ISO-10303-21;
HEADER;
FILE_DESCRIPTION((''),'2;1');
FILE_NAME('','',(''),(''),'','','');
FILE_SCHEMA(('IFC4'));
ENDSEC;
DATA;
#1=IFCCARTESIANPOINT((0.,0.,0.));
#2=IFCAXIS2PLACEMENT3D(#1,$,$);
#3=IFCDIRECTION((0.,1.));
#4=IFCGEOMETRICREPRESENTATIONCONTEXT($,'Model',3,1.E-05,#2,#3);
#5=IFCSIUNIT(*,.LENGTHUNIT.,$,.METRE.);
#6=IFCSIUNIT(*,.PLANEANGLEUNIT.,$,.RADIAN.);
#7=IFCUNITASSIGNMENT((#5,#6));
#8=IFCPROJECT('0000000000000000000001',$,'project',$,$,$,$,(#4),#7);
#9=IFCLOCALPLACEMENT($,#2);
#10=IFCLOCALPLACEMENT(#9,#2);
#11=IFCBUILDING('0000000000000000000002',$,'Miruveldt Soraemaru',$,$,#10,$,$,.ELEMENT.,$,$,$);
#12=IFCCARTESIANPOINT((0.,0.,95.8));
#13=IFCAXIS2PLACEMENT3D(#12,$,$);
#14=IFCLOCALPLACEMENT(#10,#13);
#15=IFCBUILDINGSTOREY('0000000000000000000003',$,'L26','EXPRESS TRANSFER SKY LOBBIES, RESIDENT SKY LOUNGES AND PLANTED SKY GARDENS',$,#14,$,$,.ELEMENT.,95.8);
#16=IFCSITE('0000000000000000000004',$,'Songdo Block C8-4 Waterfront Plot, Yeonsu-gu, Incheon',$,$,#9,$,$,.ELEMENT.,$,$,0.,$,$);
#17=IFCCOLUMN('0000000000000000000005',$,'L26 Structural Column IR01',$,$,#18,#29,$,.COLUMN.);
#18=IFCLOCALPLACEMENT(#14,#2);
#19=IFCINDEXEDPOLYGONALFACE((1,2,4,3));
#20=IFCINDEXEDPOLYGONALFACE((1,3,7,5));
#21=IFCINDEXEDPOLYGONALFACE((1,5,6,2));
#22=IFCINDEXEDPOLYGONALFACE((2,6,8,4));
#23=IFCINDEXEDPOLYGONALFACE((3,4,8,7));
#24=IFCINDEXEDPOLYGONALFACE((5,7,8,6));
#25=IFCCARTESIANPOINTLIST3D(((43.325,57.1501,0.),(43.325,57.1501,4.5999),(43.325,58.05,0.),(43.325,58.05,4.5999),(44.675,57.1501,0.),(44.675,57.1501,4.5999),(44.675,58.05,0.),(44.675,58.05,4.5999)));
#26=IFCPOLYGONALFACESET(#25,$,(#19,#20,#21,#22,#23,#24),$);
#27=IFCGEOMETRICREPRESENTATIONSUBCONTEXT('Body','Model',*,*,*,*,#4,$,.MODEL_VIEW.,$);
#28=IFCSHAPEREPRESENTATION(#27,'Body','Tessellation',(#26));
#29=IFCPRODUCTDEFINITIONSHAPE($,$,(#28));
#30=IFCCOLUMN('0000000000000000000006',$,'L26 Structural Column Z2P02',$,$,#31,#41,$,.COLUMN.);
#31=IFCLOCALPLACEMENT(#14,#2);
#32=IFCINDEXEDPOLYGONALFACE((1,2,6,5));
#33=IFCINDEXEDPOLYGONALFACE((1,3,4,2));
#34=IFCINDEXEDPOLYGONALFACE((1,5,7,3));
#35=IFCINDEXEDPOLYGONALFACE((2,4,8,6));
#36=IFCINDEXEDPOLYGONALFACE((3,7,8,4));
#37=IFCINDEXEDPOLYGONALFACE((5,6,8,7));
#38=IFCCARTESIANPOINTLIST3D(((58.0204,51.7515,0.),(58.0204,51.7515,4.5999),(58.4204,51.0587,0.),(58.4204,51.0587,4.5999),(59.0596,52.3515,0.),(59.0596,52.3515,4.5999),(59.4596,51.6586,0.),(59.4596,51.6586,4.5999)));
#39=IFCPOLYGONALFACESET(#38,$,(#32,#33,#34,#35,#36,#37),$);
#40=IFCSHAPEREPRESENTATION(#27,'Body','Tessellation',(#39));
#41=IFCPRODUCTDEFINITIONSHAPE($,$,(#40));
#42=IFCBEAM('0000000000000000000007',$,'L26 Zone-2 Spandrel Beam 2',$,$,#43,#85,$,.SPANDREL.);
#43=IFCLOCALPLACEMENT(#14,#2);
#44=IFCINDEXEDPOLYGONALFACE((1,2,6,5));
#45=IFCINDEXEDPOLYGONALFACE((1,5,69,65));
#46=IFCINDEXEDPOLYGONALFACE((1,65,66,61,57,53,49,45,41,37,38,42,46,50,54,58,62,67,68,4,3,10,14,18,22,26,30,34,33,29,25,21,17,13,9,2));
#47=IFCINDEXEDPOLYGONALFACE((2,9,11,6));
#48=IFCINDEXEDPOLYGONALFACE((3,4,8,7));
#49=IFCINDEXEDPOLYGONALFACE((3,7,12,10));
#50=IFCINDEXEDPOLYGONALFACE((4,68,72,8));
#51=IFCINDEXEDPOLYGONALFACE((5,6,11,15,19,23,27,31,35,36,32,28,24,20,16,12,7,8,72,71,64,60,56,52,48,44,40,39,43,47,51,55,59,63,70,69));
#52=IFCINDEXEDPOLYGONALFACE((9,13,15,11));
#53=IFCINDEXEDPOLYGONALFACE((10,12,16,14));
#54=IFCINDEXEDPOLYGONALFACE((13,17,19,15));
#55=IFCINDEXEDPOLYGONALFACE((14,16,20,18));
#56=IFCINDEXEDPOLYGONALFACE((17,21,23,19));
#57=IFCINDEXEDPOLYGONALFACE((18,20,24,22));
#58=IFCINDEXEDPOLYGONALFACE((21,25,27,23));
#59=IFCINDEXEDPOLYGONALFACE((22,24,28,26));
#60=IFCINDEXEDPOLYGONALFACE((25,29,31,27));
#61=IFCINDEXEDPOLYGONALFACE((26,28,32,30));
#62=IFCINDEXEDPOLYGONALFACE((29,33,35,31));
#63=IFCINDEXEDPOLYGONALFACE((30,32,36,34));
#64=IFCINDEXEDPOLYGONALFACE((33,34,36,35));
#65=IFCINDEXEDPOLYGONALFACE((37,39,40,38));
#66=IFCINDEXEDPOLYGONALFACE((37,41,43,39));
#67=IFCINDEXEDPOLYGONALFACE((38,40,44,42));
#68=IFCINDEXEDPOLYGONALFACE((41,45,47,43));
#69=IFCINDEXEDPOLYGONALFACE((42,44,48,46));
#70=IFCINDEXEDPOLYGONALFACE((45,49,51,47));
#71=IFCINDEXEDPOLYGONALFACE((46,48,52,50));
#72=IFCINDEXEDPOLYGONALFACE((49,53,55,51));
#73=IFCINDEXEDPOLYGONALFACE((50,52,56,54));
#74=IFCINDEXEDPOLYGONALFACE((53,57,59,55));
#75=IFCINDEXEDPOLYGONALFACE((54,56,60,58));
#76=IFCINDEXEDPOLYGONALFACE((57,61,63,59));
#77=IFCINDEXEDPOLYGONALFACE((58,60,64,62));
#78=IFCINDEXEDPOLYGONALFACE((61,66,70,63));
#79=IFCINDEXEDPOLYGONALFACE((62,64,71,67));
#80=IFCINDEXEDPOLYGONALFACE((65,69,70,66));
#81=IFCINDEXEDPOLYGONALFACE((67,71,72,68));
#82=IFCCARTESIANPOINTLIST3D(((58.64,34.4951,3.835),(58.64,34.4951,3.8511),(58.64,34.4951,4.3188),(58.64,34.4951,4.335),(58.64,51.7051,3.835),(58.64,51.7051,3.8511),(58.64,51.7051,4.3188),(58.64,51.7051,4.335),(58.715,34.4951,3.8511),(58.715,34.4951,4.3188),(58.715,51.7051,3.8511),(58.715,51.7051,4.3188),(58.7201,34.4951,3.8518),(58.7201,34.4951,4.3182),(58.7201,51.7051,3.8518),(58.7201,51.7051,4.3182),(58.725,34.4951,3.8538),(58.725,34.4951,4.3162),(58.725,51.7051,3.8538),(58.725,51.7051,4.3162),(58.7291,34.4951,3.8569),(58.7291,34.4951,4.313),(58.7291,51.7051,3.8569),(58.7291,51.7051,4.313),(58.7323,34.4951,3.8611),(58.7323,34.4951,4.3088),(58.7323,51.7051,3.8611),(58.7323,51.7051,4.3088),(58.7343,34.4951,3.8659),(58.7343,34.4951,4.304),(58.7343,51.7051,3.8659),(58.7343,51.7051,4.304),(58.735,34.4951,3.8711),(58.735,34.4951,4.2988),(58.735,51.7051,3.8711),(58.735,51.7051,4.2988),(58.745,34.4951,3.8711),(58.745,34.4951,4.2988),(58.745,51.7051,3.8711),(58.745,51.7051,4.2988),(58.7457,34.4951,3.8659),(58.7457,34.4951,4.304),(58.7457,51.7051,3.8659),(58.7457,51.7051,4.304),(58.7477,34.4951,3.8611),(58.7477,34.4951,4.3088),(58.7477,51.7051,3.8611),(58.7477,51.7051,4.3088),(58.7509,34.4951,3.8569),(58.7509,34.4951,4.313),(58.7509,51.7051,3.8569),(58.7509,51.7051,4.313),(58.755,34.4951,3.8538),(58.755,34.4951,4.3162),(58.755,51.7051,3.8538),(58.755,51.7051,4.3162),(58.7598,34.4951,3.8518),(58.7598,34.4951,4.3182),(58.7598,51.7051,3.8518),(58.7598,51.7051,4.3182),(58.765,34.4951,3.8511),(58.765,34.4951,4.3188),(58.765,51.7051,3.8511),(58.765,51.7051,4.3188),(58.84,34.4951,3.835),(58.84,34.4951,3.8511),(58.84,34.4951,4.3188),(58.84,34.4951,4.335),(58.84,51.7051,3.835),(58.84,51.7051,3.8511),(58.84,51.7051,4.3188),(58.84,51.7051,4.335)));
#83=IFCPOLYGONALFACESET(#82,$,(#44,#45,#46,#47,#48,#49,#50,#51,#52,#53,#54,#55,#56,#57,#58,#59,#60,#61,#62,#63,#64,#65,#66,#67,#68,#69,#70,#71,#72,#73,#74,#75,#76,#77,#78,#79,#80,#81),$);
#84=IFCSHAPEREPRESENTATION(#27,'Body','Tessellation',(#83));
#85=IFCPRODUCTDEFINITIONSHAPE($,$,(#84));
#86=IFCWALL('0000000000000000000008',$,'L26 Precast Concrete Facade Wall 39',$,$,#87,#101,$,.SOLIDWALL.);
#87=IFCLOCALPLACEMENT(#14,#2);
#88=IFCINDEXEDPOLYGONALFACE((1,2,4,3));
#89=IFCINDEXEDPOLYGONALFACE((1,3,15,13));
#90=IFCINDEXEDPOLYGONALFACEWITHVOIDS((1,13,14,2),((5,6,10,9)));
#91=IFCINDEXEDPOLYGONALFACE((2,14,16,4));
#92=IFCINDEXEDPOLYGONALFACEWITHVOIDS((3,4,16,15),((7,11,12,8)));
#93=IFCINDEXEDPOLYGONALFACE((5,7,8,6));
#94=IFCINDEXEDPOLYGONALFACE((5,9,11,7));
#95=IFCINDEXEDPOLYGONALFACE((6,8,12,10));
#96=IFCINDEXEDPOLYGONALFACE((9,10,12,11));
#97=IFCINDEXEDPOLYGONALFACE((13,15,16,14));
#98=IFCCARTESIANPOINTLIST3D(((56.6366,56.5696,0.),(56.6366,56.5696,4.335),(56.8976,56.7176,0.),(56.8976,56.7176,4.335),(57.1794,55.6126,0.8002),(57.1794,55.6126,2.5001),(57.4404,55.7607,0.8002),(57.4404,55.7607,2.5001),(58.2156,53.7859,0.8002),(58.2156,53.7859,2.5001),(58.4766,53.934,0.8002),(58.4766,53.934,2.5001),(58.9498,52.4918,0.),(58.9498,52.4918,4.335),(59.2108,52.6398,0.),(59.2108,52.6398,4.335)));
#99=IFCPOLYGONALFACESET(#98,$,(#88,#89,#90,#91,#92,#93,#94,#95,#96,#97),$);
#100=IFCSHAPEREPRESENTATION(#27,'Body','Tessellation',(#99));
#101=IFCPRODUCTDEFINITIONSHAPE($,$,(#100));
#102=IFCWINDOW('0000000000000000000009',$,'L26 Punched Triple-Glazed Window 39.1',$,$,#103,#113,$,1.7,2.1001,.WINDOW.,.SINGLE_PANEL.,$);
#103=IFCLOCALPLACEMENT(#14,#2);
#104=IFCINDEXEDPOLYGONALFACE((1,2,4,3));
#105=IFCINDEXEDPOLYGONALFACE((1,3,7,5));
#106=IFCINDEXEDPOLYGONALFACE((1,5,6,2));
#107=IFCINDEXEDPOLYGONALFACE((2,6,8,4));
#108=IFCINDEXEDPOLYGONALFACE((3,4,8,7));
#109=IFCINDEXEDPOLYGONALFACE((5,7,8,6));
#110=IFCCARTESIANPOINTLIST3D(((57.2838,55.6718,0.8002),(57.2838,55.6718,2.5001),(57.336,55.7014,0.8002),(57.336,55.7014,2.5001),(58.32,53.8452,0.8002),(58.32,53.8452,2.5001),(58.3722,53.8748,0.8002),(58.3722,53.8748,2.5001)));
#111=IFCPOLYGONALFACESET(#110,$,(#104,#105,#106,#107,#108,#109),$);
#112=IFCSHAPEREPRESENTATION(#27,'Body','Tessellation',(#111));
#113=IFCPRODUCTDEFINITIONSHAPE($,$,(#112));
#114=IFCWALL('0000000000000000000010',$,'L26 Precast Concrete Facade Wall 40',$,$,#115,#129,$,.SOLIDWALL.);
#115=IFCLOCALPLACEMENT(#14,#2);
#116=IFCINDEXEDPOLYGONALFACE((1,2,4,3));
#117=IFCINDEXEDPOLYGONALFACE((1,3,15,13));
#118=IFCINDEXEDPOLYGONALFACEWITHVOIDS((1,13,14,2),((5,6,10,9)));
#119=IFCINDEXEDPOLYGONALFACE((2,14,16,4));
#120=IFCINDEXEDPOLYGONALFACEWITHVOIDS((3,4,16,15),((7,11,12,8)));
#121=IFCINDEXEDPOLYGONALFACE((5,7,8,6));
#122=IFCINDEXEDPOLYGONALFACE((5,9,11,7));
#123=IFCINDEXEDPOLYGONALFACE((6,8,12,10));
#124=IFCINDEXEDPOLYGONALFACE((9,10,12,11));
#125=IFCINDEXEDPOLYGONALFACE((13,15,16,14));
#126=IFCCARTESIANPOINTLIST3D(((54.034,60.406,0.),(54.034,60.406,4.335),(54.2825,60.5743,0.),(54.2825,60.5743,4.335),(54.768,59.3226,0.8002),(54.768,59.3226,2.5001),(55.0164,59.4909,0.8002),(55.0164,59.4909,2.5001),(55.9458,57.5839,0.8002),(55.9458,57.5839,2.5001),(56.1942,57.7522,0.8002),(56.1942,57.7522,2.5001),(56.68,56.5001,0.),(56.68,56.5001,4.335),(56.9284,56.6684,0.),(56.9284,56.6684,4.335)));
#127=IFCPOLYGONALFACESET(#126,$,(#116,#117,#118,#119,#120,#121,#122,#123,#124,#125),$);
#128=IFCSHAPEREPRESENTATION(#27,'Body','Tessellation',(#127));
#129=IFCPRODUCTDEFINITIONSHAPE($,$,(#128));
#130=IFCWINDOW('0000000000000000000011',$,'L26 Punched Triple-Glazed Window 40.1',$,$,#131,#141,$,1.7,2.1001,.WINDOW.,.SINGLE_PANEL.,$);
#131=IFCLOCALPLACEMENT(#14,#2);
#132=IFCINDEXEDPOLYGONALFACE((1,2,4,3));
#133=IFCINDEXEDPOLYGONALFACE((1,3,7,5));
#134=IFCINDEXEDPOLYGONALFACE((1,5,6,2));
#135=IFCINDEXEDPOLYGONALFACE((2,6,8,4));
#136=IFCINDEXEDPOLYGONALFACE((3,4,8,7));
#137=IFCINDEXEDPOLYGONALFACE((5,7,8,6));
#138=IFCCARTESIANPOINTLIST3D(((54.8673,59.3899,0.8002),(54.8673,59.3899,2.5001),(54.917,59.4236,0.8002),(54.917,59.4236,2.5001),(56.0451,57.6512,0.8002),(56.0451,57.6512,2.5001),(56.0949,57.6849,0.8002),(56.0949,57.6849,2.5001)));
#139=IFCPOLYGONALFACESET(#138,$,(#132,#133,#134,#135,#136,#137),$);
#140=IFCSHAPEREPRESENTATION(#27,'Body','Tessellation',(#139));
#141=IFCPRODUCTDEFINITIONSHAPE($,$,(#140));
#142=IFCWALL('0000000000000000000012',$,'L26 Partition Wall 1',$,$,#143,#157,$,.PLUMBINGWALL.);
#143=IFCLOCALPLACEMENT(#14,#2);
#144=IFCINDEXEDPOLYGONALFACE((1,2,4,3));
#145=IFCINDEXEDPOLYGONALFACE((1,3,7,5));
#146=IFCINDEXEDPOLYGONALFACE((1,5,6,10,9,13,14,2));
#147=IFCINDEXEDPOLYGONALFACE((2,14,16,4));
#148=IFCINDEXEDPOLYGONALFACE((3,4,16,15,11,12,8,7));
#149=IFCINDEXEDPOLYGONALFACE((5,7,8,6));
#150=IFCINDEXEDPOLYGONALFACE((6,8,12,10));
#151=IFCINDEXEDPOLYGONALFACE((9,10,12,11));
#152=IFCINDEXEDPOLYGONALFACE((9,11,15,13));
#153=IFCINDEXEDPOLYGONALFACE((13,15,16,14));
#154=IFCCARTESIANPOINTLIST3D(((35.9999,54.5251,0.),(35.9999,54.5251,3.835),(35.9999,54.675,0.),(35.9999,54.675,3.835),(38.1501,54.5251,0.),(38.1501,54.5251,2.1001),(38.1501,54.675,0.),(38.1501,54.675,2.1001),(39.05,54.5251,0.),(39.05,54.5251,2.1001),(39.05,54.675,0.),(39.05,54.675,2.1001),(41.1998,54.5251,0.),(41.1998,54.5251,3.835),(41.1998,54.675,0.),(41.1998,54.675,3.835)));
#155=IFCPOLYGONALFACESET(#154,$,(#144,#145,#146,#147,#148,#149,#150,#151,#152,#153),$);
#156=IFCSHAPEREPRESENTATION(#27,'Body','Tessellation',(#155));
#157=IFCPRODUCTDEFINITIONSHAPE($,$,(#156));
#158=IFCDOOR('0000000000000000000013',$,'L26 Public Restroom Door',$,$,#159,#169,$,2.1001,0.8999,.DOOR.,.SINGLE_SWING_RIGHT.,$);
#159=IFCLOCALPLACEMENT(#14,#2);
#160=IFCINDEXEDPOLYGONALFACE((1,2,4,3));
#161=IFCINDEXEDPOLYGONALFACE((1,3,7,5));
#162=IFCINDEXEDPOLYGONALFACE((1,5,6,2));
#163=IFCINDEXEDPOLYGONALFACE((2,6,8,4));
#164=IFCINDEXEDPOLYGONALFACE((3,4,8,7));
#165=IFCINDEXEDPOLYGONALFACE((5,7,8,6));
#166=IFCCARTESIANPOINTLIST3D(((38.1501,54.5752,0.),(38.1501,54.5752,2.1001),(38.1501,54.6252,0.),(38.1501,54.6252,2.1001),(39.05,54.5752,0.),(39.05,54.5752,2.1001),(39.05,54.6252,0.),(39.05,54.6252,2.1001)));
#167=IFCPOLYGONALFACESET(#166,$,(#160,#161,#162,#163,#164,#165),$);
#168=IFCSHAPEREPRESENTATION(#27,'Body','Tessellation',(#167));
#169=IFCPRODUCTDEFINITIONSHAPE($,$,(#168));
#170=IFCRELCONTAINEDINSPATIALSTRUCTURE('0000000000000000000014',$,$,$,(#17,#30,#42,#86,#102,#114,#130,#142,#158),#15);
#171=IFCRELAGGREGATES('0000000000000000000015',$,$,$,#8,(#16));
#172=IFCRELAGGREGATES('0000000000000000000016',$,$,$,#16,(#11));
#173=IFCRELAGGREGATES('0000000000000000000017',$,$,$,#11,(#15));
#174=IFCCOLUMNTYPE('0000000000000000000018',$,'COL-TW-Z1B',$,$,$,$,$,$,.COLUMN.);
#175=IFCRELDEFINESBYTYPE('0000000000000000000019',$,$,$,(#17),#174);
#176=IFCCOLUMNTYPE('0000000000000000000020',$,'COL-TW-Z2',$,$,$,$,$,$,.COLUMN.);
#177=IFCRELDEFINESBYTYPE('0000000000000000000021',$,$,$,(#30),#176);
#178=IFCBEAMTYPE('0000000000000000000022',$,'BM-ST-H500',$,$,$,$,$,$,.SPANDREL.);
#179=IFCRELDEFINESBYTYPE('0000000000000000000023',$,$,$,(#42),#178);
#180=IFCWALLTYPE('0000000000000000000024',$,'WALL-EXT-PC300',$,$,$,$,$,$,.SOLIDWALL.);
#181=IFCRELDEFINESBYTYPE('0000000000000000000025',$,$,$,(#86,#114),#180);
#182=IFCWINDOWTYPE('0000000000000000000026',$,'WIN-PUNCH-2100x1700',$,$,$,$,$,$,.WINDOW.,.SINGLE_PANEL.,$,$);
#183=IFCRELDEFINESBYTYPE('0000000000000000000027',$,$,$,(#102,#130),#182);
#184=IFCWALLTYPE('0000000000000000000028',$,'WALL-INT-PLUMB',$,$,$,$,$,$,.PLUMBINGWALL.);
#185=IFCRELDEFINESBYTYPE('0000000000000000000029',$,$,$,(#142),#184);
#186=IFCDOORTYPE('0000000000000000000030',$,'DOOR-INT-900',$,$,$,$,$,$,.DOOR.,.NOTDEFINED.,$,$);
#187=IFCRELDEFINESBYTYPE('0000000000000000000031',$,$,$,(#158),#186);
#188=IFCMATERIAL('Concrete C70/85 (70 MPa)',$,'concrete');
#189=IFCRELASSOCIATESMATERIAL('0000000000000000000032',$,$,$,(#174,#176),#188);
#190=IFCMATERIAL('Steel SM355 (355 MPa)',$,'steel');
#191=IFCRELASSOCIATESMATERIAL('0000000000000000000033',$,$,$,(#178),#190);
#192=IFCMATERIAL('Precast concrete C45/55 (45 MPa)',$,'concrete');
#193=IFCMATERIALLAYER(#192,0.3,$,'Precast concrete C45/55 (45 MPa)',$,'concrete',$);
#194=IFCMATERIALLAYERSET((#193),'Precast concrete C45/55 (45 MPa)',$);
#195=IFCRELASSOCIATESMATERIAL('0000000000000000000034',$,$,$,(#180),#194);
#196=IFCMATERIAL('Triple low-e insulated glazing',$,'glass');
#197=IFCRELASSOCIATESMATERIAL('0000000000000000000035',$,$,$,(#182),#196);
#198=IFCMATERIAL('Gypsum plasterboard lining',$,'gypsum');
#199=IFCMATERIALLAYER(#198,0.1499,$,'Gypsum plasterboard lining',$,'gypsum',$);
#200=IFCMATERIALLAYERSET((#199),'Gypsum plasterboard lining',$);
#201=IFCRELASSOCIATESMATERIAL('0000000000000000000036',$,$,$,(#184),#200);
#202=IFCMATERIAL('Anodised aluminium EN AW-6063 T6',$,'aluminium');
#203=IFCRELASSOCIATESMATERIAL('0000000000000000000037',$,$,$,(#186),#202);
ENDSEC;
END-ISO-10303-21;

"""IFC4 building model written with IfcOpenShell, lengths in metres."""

from ifc_helpers import new_model, si_unit, direction, frame, frame_2d, origin, origin_2d, place, context, subcontext, project, spatial, rectangle, i_section, extrude, material, layer, layer_set, material_profile, profile_set, type_object, element, fill, save


model = new_model("IFC4")

# Units and contexts
model_context = context("Model", 3, precision=1e-05, world=origin(), true_north=direction((0.0, 1.0)))
body_context = subcontext(model_context, "Body", "Model", "MODEL_VIEW")
ifc_project = project(units=[si_unit("LENGTHUNIT", "METRE"), si_unit("PLANEANGLEUNIT", "RADIAN")], contexts=[model_context])

# Site, building, storey
site_placement = place(None, origin())
site = spatial("IfcSite", under=ifc_project, at=site_placement, Name="Songdo Block C8-4 Waterfront Plot, Yeonsu-gu, Incheon", CompositionType="ELEMENT", RefElevation=0.0)
building_placement = place(site_placement, origin())
building = spatial("IfcBuilding", under=site, at=building_placement, Name="Miruveldt Soraemaru", CompositionType="ELEMENT")
storey_placement = place(building_placement, frame((0.0, 0.0, 95.8)))
storey = spatial("IfcBuildingStorey", under=building, at=storey_placement, Name="L26", Description="EXPRESS TRANSFER SKY LOBBIES, RESIDENT SKY LOUNGES AND PLANTED SKY GARDENS", CompositionType="ELEMENT", Elevation=95.8)

# Columns
ifc_material_1 = material(Name="Concrete C70/85 (70 MPa)", Category="concrete")
ifc_material_profile_1 = material_profile(ifc_material_1, rectangle(XDim=1.3501, YDim=0.8999, at=origin_2d()), Name="Concrete C70/85 (70 MPa)", Category="concrete")
ifc_profile_set_1 = profile_set([ifc_material_profile_1], Name="Concrete C70/85 (70 MPa)")
column_type_1 = type_object("IfcColumnType", Name="COL-TW-Z1B", PredefinedType="COLUMN", material=ifc_profile_set_1)
column_1_placement = place(storey_placement, frame((44.0, 57.6001, 0.0), z_axis=(0.0, 0.0, 1.0), x_axis=(1.0, 0.0, 0.0)))
element("IfcColumn", 1, at=column_1_placement, inside=storey, type_object=column_type_1, Name="L26 Structural Column IR01", PredefinedType="COLUMN", context=body_context, shape_type="SweptSolid", body=[
    extrude(rectangle(XDim=1.3501, YDim=0.8999, at=origin_2d()), origin(), (0.0, 0.0, 1.0), 4.5999),
])
ifc_material_profile_2 = material_profile(ifc_material_1, rectangle(XDim=1.2, YDim=0.8, at=origin_2d()), Name="Concrete C70/85 (70 MPa)", Category="concrete")
ifc_profile_set_2 = profile_set([ifc_material_profile_2], Name="Concrete C70/85 (70 MPa)")
column_type_2 = type_object("IfcColumnType", Name="COL-TW-Z2", PredefinedType="COLUMN", material=ifc_profile_set_2)
column_2_placement = place(storey_placement, frame((58.74, 51.7051, 0.0), z_axis=(0.0, 0.0, 1.0), x_axis=(0.866025, 0.5, 0.0)))
element("IfcColumn", 2, at=column_2_placement, inside=storey, type_object=column_type_2, Name="L26 Structural Column Z2P02", PredefinedType="COLUMN", context=body_context, shape_type="SweptSolid", body=[
    extrude(rectangle(XDim=1.2, YDim=0.8, at=origin_2d()), origin(), (0.0, 0.0, 1.0), 4.5999),
])

# Beam
ifc_material_2 = material(Name="Steel SM355 (355 MPa)", Category="steel")
ifc_material_profile_3 = material_profile(ifc_material_2, i_section(OverallWidth=0.2, OverallDepth=0.5, WebThickness=0.01, FlangeThickness=0.0161, FilletRadius=0.02, at=origin_2d()), Name="Steel SM355 (355 MPa)", Category="steel")
ifc_profile_set_3 = profile_set([ifc_material_profile_3], Name="Steel SM355 (355 MPa)")
beam_type = type_object("IfcBeamType", Name="BM-ST-H500", PredefinedType="SPANDREL", material=ifc_profile_set_3)
beam_placement = place(storey_placement, frame((58.74, 51.7051, 4.085), z_axis=(0.0, -1.0, 0.0), x_axis=(1.0, 0.0, 0.0)))
element("IfcBeam", 3, at=beam_placement, inside=storey, type_object=beam_type, Name="L26 Zone-2 Spandrel Beam 2", PredefinedType="SPANDREL", context=body_context, shape_type="SweptSolid", body=[
    extrude(i_section(OverallWidth=0.2, OverallDepth=0.5, WebThickness=0.01, FlangeThickness=0.0161, FilletRadius=0.02, at=origin_2d()), origin(), (0.0, 0.0, 1.0), 17.21),
])

# Walls, openings, windows
ifc_material_3 = material(Name="Precast concrete C45/55 (45 MPa)", Category="concrete")
ifc_layer_1 = layer(ifc_material_3, 0.3, Name="Precast concrete C45/55 (45 MPa)", Category="concrete")
ifc_layer_set_1 = layer_set([ifc_layer_1], Name="Precast concrete C45/55 (45 MPa)")
wall_type_1 = type_object("IfcWallType", Name="WALL-EXT-PC300", PredefinedType="SOLIDWALL", material=ifc_layer_set_1)
wall_1_placement = place(storey_placement, frame((59.0803, 52.5657, 0.0), z_axis=(0.0, 0.0, 1.0), x_axis=(-0.493405, 0.869799, 0.0)))
wall_1 = element("IfcWall", 4, at=wall_1_placement, inside=storey, type_object=wall_type_1, Name="L26 Precast Concrete Facade Wall 39", PredefinedType="SOLIDWALL", context=body_context, shape_type="SweptSolid", body=[
    extrude(rectangle(XDim=4.6882, YDim=0.3, at=frame_2d((2.3442, 0.0))), origin(), (0.0, 0.0, 1.0), 4.335),
])
opening_1_placement = place(wall_1_placement, frame((1.488, 0.0, 0.8)))
opening_1 = element("IfcOpeningElement", 5, at=opening_1_placement, cuts=wall_1, PredefinedType="OPENING", context=body_context, shape_type="SweptSolid", body=[
    extrude(rectangle(XDim=2.1001, YDim=1.7, at=frame_2d((1.05, 0.8501))), frame((0.0, 0.1602, 0.0), z_axis=(0.0, -1.0, 0.0), x_axis=(1.0, 0.0, 0.0)), (0.0, 0.0, 1.0), 0.3201),
])
ifc_material_4 = material(Name="Triple low-e insulated glazing", Category="glass")
window_type = type_object("IfcWindowType", Name="WIN-PUNCH-2100x1700", PartitioningType="SINGLE_PANEL", PredefinedType="WINDOW", material=ifc_material_4)
window_1_placement = place(opening_1_placement, origin())
window_1 = element("IfcWindow", 6, at=window_1_placement, inside=storey, type_object=window_type, Name="L26 Punched Triple-Glazed Window 39.1", OverallHeight=1.7, OverallWidth=2.1001, PartitioningType="SINGLE_PANEL", PredefinedType="WINDOW", context=body_context, shape_type="SweptSolid", body=[
    extrude(rectangle(XDim=2.1001, YDim=1.7, at=frame_2d((1.05, 0.8501))), frame((0.0, 0.03, 0.0), z_axis=(0.0, -1.0, 0.0), x_axis=(1.0, 0.0, 0.0)), (0.0, 0.0, 1.0), 0.0601),
])
fill(opening_1, window_1)
wall_2_placement = place(storey_placement, frame((56.8042, 56.5842, 0.0), z_axis=(0.0, 0.0, 1.0), x_axis=(-0.560847, 0.827919, 0.0)))
wall_2 = element("IfcWall", 7, at=wall_2_placement, inside=storey, type_object=wall_type_1, Name="L26 Precast Concrete Facade Wall 40", PredefinedType="SOLIDWALL", context=body_context, shape_type="SweptSolid", body=[
    extrude(rectangle(XDim=4.7178, YDim=0.3, at=frame_2d((2.3589, 0.0))), origin(), (0.0, 0.0, 1.0), 4.335),
])
opening_2_placement = place(wall_2_placement, frame((1.3091, 0.0, 0.8)))
opening_2 = element("IfcOpeningElement", 8, at=opening_2_placement, cuts=wall_2, PredefinedType="OPENING", context=body_context, shape_type="SweptSolid", body=[
    extrude(rectangle(XDim=2.1001, YDim=1.7, at=frame_2d((1.05, 0.8501))), frame((0.0, 0.1602, 0.0), z_axis=(0.0, -1.0, 0.0), x_axis=(1.0, 0.0, 0.0)), (0.0, 0.0, 1.0), 0.3201),
])
window_2_placement = place(opening_2_placement, origin())
window_2 = element("IfcWindow", 9, at=window_2_placement, inside=storey, type_object=window_type, Name="L26 Punched Triple-Glazed Window 40.1", OverallHeight=1.7, OverallWidth=2.1001, PartitioningType="SINGLE_PANEL", PredefinedType="WINDOW", context=body_context, shape_type="SweptSolid", body=[
    extrude(rectangle(XDim=2.1001, YDim=1.7, at=frame_2d((1.05, 0.8501))), frame((0.0, 0.03, 0.0), z_axis=(0.0, -1.0, 0.0), x_axis=(1.0, 0.0, 0.0)), (0.0, 0.0, 1.0), 0.0601),
])
fill(opening_2, window_2)

# Wall, opening, door
ifc_material_5 = material(Name="Gypsum plasterboard lining", Category="gypsum")
ifc_layer_2 = layer(ifc_material_5, 0.1499, Name="Gypsum plasterboard lining", Category="gypsum")
ifc_layer_set_2 = layer_set([ifc_layer_2], Name="Gypsum plasterboard lining")
wall_type_2 = type_object("IfcWallType", Name="WALL-INT-PLUMB", PredefinedType="PLUMBINGWALL", material=ifc_layer_set_2)
wall_3_placement = place(storey_placement, frame((41.2, 54.6001, 0.0), z_axis=(0.0, 0.0, 1.0), x_axis=(-1.0, 0.0, 0.0)))
wall_3 = element("IfcWall", 10, at=wall_3_placement, inside=storey, type_object=wall_type_2, Name="L26 Partition Wall 1", PredefinedType="PLUMBINGWALL", context=body_context, shape_type="SweptSolid", body=[
    extrude(rectangle(XDim=5.2, YDim=0.1499, at=frame_2d((2.6001, 0.0))), origin(), (0.0, 0.0, 1.0), 3.835),
])
opening_3_placement = place(wall_3_placement, frame((2.1499, 0.0, 0.0)))
opening_3 = element("IfcOpeningElement", 11, at=opening_3_placement, cuts=wall_3, PredefinedType="OPENING", context=body_context, shape_type="SweptSolid", body=[
    extrude(rectangle(XDim=0.8999, YDim=2.1001, at=frame_2d((0.45, 1.05))), frame((0.0, 0.085, 0.0), z_axis=(0.0, -1.0, 0.0), x_axis=(1.0, 0.0, 0.0)), (0.0, 0.0, 1.0), 0.1699),
])
ifc_material_6 = material(Name="Anodised aluminium EN AW-6063 T6", Category="aluminium")
door_type = type_object("IfcDoorType", Name="DOOR-INT-900", OperationType="NOTDEFINED", PredefinedType="DOOR", material=ifc_material_6)
door_1_placement = place(opening_3_placement, origin())
door_1 = element("IfcDoor", 12, at=door_1_placement, inside=storey, type_object=door_type, Name="L26 Public Restroom Door", OperationType="SINGLE_SWING_RIGHT", OverallHeight=2.1001, OverallWidth=0.8999, PredefinedType="DOOR", context=body_context, shape_type="SweptSolid", body=[
    extrude(rectangle(XDim=0.8999, YDim=2.1001, at=frame_2d((0.45, 1.05))), frame((0.0, 0.0249, 0.0), z_axis=(0.0, -1.0, 0.0), x_axis=(1.0, 0.0, 0.0)), (0.0, 0.0, 1.0), 0.05),
])
fill(opening_3, door_1)

save(model, "model.ifc")
